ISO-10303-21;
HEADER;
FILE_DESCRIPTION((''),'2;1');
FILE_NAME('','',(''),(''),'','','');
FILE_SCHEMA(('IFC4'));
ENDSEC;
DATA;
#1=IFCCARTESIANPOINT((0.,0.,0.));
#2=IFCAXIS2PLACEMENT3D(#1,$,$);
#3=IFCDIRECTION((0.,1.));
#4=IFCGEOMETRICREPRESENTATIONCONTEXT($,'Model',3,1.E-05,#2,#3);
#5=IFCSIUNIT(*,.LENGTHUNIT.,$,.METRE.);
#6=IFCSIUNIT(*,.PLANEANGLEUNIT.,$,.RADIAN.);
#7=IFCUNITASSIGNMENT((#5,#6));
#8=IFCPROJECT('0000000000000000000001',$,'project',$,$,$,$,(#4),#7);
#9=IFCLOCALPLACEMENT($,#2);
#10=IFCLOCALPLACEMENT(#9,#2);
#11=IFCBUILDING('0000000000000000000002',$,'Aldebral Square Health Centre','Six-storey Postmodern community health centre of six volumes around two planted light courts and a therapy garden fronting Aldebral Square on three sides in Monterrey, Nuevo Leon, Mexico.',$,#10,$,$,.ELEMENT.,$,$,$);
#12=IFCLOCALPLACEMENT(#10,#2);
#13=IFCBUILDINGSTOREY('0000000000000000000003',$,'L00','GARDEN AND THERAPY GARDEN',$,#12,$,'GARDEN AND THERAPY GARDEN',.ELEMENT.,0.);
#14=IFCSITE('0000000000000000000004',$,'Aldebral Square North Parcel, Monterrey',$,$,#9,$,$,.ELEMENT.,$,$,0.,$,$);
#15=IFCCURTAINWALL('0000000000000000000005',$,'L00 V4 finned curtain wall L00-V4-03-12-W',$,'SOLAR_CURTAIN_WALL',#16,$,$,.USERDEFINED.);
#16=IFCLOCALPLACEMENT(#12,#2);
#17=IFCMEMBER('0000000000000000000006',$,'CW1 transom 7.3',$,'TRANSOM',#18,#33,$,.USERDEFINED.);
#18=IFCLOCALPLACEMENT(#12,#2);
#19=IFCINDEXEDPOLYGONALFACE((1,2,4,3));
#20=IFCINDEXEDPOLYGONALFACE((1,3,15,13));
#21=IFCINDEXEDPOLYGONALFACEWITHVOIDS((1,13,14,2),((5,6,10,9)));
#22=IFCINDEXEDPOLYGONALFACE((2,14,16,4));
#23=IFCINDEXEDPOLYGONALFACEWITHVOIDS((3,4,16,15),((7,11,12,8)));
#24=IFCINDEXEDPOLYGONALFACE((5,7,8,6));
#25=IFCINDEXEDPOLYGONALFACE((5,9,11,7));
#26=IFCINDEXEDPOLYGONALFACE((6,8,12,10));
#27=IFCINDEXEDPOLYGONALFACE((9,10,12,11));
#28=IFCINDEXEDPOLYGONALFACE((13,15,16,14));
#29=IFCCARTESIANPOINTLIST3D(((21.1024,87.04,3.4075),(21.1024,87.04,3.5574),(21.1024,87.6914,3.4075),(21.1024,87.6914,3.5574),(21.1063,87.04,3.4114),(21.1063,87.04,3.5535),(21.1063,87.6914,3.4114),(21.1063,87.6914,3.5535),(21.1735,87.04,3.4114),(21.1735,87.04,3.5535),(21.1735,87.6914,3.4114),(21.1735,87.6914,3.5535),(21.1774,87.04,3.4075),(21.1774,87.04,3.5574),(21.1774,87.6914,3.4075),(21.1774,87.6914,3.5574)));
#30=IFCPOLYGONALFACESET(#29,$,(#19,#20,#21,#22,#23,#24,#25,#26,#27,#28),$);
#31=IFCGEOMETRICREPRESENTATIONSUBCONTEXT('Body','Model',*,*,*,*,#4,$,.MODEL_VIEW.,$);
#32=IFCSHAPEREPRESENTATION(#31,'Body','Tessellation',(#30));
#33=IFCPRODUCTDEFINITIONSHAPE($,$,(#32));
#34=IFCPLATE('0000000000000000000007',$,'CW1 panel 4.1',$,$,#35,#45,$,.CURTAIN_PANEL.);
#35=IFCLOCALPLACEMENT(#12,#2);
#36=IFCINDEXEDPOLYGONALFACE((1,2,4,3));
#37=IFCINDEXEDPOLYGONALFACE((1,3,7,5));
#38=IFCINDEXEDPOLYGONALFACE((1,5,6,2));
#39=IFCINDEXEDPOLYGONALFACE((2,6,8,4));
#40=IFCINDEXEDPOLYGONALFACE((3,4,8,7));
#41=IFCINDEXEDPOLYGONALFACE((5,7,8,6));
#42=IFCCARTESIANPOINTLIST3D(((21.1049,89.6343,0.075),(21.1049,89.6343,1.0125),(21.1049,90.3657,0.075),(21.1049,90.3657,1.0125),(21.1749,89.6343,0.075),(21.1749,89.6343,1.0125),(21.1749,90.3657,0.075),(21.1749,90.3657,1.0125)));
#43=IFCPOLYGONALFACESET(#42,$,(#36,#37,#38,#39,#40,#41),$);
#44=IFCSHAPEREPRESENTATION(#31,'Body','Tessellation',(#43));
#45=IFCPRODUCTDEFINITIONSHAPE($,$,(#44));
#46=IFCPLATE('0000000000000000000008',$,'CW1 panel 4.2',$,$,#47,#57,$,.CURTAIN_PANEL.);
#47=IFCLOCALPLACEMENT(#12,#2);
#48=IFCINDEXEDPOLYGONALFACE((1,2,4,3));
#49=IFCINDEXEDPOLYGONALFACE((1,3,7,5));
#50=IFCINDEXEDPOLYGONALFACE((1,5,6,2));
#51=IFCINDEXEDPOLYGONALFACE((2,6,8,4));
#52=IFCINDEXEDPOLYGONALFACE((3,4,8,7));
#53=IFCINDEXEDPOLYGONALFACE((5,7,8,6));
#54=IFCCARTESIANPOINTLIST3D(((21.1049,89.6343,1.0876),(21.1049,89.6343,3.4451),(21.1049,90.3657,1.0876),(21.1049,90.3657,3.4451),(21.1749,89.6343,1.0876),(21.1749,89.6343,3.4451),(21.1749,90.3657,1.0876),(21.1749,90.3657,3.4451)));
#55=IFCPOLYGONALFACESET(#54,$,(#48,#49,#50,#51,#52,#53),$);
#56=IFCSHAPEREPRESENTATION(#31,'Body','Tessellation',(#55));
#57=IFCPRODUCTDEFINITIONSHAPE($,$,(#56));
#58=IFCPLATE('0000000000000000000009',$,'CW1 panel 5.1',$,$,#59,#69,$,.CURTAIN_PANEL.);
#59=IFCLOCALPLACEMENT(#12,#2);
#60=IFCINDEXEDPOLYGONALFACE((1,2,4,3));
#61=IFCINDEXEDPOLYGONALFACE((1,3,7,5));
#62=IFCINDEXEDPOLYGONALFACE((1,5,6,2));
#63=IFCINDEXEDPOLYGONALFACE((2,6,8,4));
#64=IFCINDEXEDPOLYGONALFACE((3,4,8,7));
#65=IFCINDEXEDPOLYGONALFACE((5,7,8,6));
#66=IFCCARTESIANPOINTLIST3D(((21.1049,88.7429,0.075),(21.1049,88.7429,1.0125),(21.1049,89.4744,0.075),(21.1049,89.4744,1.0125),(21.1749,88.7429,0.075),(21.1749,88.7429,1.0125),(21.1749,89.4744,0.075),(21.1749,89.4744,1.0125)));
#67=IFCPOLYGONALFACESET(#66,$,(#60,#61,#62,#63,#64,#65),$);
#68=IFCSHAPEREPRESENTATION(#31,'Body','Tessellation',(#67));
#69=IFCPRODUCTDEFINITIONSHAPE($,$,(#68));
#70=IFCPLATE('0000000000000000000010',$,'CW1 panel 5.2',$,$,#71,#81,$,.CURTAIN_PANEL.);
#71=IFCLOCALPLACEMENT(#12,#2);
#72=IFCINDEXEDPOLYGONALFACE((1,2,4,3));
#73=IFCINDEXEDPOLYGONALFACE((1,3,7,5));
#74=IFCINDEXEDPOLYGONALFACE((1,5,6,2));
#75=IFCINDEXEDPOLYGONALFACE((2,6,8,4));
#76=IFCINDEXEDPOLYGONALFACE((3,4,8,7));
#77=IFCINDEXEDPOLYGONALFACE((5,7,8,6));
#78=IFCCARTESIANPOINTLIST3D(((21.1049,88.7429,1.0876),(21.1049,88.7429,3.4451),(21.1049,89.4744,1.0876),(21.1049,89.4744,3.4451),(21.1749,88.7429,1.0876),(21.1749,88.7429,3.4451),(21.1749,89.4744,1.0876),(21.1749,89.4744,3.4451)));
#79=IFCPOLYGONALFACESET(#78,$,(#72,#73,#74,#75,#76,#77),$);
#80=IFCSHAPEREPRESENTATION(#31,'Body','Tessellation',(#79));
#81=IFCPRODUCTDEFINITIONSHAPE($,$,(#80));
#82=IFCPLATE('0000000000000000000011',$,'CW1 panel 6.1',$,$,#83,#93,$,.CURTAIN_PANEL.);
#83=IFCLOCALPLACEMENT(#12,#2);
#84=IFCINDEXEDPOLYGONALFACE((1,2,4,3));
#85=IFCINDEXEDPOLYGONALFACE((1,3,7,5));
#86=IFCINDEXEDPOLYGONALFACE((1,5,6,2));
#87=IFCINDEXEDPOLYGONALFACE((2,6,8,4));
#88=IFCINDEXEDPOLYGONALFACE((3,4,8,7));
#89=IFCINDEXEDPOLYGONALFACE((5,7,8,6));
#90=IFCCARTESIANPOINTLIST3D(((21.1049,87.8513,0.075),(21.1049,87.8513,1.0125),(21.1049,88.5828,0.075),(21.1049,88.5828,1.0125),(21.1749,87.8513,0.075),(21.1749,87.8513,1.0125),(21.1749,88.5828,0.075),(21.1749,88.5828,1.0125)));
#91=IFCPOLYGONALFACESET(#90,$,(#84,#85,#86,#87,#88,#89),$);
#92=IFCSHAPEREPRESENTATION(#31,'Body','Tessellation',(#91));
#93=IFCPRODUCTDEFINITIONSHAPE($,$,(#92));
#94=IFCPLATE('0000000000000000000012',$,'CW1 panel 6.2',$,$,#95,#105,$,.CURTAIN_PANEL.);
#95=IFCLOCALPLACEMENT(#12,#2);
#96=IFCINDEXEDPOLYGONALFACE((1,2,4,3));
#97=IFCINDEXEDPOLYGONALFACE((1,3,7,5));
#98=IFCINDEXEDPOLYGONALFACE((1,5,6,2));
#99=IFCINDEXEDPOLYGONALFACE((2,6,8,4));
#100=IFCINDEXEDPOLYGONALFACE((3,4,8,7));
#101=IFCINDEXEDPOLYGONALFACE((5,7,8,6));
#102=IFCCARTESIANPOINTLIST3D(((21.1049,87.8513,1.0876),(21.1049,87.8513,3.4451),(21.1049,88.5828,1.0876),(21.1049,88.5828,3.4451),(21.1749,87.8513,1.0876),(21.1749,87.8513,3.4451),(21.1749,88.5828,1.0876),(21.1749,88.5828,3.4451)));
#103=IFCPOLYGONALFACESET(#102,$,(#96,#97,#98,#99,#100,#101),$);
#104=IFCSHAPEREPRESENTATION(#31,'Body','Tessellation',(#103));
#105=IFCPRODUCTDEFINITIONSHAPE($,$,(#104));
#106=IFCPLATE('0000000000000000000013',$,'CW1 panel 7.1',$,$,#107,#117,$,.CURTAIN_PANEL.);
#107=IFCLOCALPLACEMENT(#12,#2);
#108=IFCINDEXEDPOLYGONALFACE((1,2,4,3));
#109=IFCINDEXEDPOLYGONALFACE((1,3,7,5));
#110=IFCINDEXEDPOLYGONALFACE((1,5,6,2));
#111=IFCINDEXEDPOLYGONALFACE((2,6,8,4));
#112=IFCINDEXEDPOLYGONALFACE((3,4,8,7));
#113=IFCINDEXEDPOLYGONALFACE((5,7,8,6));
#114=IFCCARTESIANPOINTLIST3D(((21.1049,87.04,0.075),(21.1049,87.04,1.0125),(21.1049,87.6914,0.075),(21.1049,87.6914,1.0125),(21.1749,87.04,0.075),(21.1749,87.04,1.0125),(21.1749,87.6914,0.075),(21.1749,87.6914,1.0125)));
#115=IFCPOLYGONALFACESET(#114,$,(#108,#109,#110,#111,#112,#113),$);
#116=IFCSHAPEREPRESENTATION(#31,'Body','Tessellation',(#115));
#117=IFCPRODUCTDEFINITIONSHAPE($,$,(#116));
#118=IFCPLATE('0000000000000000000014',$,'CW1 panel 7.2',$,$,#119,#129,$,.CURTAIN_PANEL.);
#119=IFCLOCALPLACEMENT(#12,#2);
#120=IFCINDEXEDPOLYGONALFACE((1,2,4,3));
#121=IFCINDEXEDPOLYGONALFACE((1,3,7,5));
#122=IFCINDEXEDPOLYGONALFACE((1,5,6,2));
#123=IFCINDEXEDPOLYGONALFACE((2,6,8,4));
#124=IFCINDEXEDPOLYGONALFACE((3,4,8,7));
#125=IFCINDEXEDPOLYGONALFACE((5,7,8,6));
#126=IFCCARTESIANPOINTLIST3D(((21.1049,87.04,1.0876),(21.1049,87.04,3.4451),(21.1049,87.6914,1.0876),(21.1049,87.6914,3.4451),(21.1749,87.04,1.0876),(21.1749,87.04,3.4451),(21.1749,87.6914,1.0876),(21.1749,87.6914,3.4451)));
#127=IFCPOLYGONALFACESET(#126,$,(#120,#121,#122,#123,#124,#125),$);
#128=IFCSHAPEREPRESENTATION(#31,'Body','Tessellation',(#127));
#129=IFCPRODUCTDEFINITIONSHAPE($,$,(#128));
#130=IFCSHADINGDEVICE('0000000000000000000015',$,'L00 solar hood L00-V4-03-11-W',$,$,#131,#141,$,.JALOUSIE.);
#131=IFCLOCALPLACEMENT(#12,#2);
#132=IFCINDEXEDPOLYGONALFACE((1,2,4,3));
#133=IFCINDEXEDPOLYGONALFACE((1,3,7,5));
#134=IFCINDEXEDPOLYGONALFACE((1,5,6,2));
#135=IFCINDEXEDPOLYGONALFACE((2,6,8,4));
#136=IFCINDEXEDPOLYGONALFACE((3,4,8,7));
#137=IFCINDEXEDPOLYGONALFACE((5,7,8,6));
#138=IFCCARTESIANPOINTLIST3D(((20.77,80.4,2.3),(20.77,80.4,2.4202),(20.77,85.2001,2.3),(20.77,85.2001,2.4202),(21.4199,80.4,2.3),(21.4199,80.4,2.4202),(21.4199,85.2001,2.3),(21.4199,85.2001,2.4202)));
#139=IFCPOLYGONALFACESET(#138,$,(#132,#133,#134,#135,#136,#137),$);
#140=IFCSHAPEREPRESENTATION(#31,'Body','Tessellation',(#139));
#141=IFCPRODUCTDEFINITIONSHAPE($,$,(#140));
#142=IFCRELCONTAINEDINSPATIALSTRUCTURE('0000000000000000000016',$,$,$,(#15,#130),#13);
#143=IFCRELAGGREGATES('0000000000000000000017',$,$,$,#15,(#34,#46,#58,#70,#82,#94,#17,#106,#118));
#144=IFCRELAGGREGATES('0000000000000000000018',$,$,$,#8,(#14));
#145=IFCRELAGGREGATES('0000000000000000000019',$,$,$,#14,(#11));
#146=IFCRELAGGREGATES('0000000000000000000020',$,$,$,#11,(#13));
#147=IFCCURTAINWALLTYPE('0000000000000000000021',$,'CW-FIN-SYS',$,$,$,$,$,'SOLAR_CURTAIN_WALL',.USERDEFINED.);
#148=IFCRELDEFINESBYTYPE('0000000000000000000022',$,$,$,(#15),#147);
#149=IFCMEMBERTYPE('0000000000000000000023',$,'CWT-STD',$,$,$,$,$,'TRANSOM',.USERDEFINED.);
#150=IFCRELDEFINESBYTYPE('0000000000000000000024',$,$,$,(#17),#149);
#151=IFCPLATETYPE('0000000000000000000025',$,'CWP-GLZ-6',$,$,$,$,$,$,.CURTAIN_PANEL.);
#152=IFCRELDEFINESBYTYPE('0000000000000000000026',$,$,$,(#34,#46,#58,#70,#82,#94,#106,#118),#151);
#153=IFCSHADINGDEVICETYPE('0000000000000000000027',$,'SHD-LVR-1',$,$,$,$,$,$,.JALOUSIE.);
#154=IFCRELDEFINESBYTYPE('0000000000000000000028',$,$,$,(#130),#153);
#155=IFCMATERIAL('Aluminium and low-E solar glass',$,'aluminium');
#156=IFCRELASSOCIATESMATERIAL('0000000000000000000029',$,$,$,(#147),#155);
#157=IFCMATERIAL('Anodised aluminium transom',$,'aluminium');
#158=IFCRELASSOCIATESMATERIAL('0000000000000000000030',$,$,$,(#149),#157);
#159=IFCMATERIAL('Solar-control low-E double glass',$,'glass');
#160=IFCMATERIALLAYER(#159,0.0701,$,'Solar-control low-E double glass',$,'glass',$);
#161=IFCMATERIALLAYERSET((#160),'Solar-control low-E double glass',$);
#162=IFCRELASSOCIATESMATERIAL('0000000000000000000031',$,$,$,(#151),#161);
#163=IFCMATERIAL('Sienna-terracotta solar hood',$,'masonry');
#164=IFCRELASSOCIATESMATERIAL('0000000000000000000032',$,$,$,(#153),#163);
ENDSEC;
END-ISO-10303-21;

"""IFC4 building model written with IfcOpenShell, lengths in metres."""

from ifc_helpers import new_model, si_unit, direction, frame, origin, origin_2d, place, context, subcontext, project, spatial, rectangle, hollow_rectangle, extrude, material, layer, layer_set, material_profile, profile_set, type_object, element, aggregate, save


model = new_model("IFC4")

# Units and contexts
model_context = context("Model", 3, precision=1e-05, world=origin(), true_north=direction((0.0, 1.0)))
body_context = subcontext(model_context, "Body", "Model", "MODEL_VIEW")
ifc_project = project(units=[si_unit("LENGTHUNIT", "METRE"), si_unit("PLANEANGLEUNIT", "RADIAN")], contexts=[model_context])

# Site, building, storey
site_placement = place(None, origin())
site = spatial("IfcSite", under=ifc_project, at=site_placement, Name="Aldebral Square North Parcel, Monterrey", CompositionType="ELEMENT", RefElevation=0.0)
building_placement = place(site_placement, origin())
building = spatial("IfcBuilding", under=site, at=building_placement, Name="Aldebral Square Health Centre", Description="Six-storey Postmodern community health centre of six volumes around two planted light courts and a therapy garden fronting Aldebral Square on three sides in Monterrey, Nuevo Leon, Mexico.", CompositionType="ELEMENT")
storey_placement = place(building_placement, origin())
storey = spatial("IfcBuildingStorey", under=building, at=storey_placement, Name="L00", Description="GARDEN AND THERAPY GARDEN", LongName="GARDEN AND THERAPY GARDEN", CompositionType="ELEMENT", Elevation=0.0)

# Curtain wall, member, plates
ifc_material_1 = material(Name="Aluminium and low-E solar glass", Category="aluminium")
curtain_wall_type = type_object("IfcCurtainWallType", Name="CW-FIN-SYS", ElementType="SOLAR_CURTAIN_WALL", PredefinedType="USERDEFINED", material=ifc_material_1)
curtain_wall_placement = place(storey_placement, origin())
curtain_wall = element("IfcCurtainWall", 1, at=curtain_wall_placement, inside=storey, type_object=curtain_wall_type, Name="L00 V4 finned curtain wall L00-V4-03-12-W", ObjectType="SOLAR_CURTAIN_WALL", PredefinedType="USERDEFINED")
ifc_material_2 = material(Name="Anodised aluminium transom", Category="aluminium")
ifc_material_profile_1 = material_profile(ifc_material_2, hollow_rectangle(XDim=0.075, YDim=0.1499, WallThickness=0.0039, at=origin_2d()), Name="CWT 75x150x4")
ifc_profile_set_1 = profile_set([ifc_material_profile_1], Name="Anodised aluminium transom")
member_type_1 = type_object("IfcMemberType", Name="CWT-STD", ElementType="TRANSOM", PredefinedType="USERDEFINED", material=ifc_profile_set_1)
member_1_placement = place(storey_placement, frame((21.1399, 87.6914, 3.4824), z_axis=(0.0, -1.0, 0.0), x_axis=(1.0, 0.0, 0.0)))
member_1 = element("IfcMember", 2, at=member_1_placement, type_object=member_type_1, Name="CW1 transom 7.3", ObjectType="TRANSOM", PredefinedType="USERDEFINED", context=body_context, shape_type="SweptSolid", body=[
    extrude(hollow_rectangle(XDim=0.075, YDim=0.1499, WallThickness=0.0039, at=origin_2d()), origin(), (0.0, 0.0, 1.0), 0.6514),
])
ifc_material_3 = material(Name="Solar-control low-E double glass", Category="glass")
ifc_layer = layer(ifc_material_3, 0.0701, Name="Solar-control low-E double glass", Category="glass")
ifc_layer_set = layer_set([ifc_layer], Name="Solar-control low-E double glass")
plate_type = type_object("IfcPlateType", Name="CWP-GLZ-6", PredefinedType="CURTAIN_PANEL", material=ifc_layer_set)
plate_1_placement = place(storey_placement, frame((21.1399, 90.0, 0.075), z_axis=(0.0, 0.0, 1.0), x_axis=(0.0, -1.0, 0.0)))
plate_1 = element("IfcPlate", 3, at=plate_1_placement, type_object=plate_type, Name="CW1 panel 4.1", PredefinedType="CURTAIN_PANEL", context=body_context, shape_type="SweptSolid", body=[
    extrude(rectangle(XDim=0.7314, YDim=0.0701, at=origin_2d()), origin(), (0.0, 0.0, 1.0), 0.9375),
])
plate_2_placement = place(storey_placement, frame((21.1399, 90.0, 1.0876), z_axis=(0.0, 0.0, 1.0), x_axis=(0.0, -1.0, 0.0)))
plate_2 = element("IfcPlate", 4, at=plate_2_placement, type_object=plate_type, Name="CW1 panel 4.2", PredefinedType="CURTAIN_PANEL", context=body_context, shape_type="SweptSolid", body=[
    extrude(rectangle(XDim=0.7314, YDim=0.0701, at=origin_2d()), origin(), (0.0, 0.0, 1.0), 2.3574),
])
plate_3_placement = place(storey_placement, frame((21.1399, 89.1086, 0.075), z_axis=(0.0, 0.0, 1.0), x_axis=(0.0, -1.0, 0.0)))
plate_3 = element("IfcPlate", 5, at=plate_3_placement, type_object=plate_type, Name="CW1 panel 5.1", PredefinedType="CURTAIN_PANEL", context=body_context, shape_type="SweptSolid", body=[
    extrude(rectangle(XDim=0.7314, YDim=0.0701, at=origin_2d()), origin(), (0.0, 0.0, 1.0), 0.9375),
])
plate_4_placement = place(storey_placement, frame((21.1399, 89.1086, 1.0876), z_axis=(0.0, 0.0, 1.0), x_axis=(0.0, -1.0, 0.0)))
plate_4 = element("IfcPlate", 6, at=plate_4_placement, type_object=plate_type, Name="CW1 panel 5.2", PredefinedType="CURTAIN_PANEL", context=body_context, shape_type="SweptSolid", body=[
    extrude(rectangle(XDim=0.7314, YDim=0.0701, at=origin_2d()), origin(), (0.0, 0.0, 1.0), 2.3574),
])
plate_5_placement = place(storey_placement, frame((21.1399, 88.217, 0.075), z_axis=(0.0, 0.0, 1.0), x_axis=(0.0, -1.0, 0.0)))
plate_5 = element("IfcPlate", 7, at=plate_5_placement, type_object=plate_type, Name="CW1 panel 6.1", PredefinedType="CURTAIN_PANEL", context=body_context, shape_type="SweptSolid", body=[
    extrude(rectangle(XDim=0.7314, YDim=0.0701, at=origin_2d()), origin(), (0.0, 0.0, 1.0), 0.9375),
])
plate_6_placement = place(storey_placement, frame((21.1399, 88.217, 1.0876), z_axis=(0.0, 0.0, 1.0), x_axis=(0.0, -1.0, 0.0)))
plate_6 = element("IfcPlate", 8, at=plate_6_placement, type_object=plate_type, Name="CW1 panel 6.2", PredefinedType="CURTAIN_PANEL", context=body_context, shape_type="SweptSolid", body=[
    extrude(rectangle(XDim=0.7314, YDim=0.0701, at=origin_2d()), origin(), (0.0, 0.0, 1.0), 2.3574),
])
plate_7_placement = place(storey_placement, frame((21.1399, 87.3657, 0.075), z_axis=(0.0, 0.0, 1.0), x_axis=(0.0, -1.0, 0.0)))
plate_7 = element("IfcPlate", 9, at=plate_7_placement, type_object=plate_type, Name="CW1 panel 7.1", PredefinedType="CURTAIN_PANEL", context=body_context, shape_type="SweptSolid", body=[
    extrude(rectangle(XDim=0.6514, YDim=0.0701, at=origin_2d()), origin(), (0.0, 0.0, 1.0), 0.9375),
])
plate_8_placement = place(storey_placement, frame((21.1399, 87.3657, 1.0876), z_axis=(0.0, 0.0, 1.0), x_axis=(0.0, -1.0, 0.0)))
plate_8 = element("IfcPlate", 10, at=plate_8_placement, type_object=plate_type, Name="CW1 panel 7.2", PredefinedType="CURTAIN_PANEL", context=body_context, shape_type="SweptSolid", body=[
    extrude(rectangle(XDim=0.6514, YDim=0.0701, at=origin_2d()), origin(), (0.0, 0.0, 1.0), 2.3574),
])
aggregate(curtain_wall, [plate_1, plate_2, plate_3, plate_4, plate_5, plate_6, member_1, plate_7, plate_8])

# Shading device
ifc_material_4 = material(Name="Sienna-terracotta solar hood", Category="masonry")
shading_device_type = type_object("IfcShadingDeviceType", Name="SHD-LVR-1", PredefinedType="JALOUSIE", material=ifc_material_4)
shading_device_placement = place(storey_placement, frame((21.095, 82.8, 2.3), z_axis=(0.0, 0.0, 1.0), x_axis=(0.0, 1.0, 0.0)))
element("IfcShadingDevice", 11, at=shading_device_placement, inside=storey, type_object=shading_device_type, Name="L00 solar hood L00-V4-03-11-W", PredefinedType="JALOUSIE", context=body_context, shape_type="SweptSolid", body=[
    extrude(rectangle(XDim=4.8, YDim=0.6499, at=origin_2d()), origin(), (0.0, 0.0, 1.0), 0.1201),
])

save(model, "model.ifc")
